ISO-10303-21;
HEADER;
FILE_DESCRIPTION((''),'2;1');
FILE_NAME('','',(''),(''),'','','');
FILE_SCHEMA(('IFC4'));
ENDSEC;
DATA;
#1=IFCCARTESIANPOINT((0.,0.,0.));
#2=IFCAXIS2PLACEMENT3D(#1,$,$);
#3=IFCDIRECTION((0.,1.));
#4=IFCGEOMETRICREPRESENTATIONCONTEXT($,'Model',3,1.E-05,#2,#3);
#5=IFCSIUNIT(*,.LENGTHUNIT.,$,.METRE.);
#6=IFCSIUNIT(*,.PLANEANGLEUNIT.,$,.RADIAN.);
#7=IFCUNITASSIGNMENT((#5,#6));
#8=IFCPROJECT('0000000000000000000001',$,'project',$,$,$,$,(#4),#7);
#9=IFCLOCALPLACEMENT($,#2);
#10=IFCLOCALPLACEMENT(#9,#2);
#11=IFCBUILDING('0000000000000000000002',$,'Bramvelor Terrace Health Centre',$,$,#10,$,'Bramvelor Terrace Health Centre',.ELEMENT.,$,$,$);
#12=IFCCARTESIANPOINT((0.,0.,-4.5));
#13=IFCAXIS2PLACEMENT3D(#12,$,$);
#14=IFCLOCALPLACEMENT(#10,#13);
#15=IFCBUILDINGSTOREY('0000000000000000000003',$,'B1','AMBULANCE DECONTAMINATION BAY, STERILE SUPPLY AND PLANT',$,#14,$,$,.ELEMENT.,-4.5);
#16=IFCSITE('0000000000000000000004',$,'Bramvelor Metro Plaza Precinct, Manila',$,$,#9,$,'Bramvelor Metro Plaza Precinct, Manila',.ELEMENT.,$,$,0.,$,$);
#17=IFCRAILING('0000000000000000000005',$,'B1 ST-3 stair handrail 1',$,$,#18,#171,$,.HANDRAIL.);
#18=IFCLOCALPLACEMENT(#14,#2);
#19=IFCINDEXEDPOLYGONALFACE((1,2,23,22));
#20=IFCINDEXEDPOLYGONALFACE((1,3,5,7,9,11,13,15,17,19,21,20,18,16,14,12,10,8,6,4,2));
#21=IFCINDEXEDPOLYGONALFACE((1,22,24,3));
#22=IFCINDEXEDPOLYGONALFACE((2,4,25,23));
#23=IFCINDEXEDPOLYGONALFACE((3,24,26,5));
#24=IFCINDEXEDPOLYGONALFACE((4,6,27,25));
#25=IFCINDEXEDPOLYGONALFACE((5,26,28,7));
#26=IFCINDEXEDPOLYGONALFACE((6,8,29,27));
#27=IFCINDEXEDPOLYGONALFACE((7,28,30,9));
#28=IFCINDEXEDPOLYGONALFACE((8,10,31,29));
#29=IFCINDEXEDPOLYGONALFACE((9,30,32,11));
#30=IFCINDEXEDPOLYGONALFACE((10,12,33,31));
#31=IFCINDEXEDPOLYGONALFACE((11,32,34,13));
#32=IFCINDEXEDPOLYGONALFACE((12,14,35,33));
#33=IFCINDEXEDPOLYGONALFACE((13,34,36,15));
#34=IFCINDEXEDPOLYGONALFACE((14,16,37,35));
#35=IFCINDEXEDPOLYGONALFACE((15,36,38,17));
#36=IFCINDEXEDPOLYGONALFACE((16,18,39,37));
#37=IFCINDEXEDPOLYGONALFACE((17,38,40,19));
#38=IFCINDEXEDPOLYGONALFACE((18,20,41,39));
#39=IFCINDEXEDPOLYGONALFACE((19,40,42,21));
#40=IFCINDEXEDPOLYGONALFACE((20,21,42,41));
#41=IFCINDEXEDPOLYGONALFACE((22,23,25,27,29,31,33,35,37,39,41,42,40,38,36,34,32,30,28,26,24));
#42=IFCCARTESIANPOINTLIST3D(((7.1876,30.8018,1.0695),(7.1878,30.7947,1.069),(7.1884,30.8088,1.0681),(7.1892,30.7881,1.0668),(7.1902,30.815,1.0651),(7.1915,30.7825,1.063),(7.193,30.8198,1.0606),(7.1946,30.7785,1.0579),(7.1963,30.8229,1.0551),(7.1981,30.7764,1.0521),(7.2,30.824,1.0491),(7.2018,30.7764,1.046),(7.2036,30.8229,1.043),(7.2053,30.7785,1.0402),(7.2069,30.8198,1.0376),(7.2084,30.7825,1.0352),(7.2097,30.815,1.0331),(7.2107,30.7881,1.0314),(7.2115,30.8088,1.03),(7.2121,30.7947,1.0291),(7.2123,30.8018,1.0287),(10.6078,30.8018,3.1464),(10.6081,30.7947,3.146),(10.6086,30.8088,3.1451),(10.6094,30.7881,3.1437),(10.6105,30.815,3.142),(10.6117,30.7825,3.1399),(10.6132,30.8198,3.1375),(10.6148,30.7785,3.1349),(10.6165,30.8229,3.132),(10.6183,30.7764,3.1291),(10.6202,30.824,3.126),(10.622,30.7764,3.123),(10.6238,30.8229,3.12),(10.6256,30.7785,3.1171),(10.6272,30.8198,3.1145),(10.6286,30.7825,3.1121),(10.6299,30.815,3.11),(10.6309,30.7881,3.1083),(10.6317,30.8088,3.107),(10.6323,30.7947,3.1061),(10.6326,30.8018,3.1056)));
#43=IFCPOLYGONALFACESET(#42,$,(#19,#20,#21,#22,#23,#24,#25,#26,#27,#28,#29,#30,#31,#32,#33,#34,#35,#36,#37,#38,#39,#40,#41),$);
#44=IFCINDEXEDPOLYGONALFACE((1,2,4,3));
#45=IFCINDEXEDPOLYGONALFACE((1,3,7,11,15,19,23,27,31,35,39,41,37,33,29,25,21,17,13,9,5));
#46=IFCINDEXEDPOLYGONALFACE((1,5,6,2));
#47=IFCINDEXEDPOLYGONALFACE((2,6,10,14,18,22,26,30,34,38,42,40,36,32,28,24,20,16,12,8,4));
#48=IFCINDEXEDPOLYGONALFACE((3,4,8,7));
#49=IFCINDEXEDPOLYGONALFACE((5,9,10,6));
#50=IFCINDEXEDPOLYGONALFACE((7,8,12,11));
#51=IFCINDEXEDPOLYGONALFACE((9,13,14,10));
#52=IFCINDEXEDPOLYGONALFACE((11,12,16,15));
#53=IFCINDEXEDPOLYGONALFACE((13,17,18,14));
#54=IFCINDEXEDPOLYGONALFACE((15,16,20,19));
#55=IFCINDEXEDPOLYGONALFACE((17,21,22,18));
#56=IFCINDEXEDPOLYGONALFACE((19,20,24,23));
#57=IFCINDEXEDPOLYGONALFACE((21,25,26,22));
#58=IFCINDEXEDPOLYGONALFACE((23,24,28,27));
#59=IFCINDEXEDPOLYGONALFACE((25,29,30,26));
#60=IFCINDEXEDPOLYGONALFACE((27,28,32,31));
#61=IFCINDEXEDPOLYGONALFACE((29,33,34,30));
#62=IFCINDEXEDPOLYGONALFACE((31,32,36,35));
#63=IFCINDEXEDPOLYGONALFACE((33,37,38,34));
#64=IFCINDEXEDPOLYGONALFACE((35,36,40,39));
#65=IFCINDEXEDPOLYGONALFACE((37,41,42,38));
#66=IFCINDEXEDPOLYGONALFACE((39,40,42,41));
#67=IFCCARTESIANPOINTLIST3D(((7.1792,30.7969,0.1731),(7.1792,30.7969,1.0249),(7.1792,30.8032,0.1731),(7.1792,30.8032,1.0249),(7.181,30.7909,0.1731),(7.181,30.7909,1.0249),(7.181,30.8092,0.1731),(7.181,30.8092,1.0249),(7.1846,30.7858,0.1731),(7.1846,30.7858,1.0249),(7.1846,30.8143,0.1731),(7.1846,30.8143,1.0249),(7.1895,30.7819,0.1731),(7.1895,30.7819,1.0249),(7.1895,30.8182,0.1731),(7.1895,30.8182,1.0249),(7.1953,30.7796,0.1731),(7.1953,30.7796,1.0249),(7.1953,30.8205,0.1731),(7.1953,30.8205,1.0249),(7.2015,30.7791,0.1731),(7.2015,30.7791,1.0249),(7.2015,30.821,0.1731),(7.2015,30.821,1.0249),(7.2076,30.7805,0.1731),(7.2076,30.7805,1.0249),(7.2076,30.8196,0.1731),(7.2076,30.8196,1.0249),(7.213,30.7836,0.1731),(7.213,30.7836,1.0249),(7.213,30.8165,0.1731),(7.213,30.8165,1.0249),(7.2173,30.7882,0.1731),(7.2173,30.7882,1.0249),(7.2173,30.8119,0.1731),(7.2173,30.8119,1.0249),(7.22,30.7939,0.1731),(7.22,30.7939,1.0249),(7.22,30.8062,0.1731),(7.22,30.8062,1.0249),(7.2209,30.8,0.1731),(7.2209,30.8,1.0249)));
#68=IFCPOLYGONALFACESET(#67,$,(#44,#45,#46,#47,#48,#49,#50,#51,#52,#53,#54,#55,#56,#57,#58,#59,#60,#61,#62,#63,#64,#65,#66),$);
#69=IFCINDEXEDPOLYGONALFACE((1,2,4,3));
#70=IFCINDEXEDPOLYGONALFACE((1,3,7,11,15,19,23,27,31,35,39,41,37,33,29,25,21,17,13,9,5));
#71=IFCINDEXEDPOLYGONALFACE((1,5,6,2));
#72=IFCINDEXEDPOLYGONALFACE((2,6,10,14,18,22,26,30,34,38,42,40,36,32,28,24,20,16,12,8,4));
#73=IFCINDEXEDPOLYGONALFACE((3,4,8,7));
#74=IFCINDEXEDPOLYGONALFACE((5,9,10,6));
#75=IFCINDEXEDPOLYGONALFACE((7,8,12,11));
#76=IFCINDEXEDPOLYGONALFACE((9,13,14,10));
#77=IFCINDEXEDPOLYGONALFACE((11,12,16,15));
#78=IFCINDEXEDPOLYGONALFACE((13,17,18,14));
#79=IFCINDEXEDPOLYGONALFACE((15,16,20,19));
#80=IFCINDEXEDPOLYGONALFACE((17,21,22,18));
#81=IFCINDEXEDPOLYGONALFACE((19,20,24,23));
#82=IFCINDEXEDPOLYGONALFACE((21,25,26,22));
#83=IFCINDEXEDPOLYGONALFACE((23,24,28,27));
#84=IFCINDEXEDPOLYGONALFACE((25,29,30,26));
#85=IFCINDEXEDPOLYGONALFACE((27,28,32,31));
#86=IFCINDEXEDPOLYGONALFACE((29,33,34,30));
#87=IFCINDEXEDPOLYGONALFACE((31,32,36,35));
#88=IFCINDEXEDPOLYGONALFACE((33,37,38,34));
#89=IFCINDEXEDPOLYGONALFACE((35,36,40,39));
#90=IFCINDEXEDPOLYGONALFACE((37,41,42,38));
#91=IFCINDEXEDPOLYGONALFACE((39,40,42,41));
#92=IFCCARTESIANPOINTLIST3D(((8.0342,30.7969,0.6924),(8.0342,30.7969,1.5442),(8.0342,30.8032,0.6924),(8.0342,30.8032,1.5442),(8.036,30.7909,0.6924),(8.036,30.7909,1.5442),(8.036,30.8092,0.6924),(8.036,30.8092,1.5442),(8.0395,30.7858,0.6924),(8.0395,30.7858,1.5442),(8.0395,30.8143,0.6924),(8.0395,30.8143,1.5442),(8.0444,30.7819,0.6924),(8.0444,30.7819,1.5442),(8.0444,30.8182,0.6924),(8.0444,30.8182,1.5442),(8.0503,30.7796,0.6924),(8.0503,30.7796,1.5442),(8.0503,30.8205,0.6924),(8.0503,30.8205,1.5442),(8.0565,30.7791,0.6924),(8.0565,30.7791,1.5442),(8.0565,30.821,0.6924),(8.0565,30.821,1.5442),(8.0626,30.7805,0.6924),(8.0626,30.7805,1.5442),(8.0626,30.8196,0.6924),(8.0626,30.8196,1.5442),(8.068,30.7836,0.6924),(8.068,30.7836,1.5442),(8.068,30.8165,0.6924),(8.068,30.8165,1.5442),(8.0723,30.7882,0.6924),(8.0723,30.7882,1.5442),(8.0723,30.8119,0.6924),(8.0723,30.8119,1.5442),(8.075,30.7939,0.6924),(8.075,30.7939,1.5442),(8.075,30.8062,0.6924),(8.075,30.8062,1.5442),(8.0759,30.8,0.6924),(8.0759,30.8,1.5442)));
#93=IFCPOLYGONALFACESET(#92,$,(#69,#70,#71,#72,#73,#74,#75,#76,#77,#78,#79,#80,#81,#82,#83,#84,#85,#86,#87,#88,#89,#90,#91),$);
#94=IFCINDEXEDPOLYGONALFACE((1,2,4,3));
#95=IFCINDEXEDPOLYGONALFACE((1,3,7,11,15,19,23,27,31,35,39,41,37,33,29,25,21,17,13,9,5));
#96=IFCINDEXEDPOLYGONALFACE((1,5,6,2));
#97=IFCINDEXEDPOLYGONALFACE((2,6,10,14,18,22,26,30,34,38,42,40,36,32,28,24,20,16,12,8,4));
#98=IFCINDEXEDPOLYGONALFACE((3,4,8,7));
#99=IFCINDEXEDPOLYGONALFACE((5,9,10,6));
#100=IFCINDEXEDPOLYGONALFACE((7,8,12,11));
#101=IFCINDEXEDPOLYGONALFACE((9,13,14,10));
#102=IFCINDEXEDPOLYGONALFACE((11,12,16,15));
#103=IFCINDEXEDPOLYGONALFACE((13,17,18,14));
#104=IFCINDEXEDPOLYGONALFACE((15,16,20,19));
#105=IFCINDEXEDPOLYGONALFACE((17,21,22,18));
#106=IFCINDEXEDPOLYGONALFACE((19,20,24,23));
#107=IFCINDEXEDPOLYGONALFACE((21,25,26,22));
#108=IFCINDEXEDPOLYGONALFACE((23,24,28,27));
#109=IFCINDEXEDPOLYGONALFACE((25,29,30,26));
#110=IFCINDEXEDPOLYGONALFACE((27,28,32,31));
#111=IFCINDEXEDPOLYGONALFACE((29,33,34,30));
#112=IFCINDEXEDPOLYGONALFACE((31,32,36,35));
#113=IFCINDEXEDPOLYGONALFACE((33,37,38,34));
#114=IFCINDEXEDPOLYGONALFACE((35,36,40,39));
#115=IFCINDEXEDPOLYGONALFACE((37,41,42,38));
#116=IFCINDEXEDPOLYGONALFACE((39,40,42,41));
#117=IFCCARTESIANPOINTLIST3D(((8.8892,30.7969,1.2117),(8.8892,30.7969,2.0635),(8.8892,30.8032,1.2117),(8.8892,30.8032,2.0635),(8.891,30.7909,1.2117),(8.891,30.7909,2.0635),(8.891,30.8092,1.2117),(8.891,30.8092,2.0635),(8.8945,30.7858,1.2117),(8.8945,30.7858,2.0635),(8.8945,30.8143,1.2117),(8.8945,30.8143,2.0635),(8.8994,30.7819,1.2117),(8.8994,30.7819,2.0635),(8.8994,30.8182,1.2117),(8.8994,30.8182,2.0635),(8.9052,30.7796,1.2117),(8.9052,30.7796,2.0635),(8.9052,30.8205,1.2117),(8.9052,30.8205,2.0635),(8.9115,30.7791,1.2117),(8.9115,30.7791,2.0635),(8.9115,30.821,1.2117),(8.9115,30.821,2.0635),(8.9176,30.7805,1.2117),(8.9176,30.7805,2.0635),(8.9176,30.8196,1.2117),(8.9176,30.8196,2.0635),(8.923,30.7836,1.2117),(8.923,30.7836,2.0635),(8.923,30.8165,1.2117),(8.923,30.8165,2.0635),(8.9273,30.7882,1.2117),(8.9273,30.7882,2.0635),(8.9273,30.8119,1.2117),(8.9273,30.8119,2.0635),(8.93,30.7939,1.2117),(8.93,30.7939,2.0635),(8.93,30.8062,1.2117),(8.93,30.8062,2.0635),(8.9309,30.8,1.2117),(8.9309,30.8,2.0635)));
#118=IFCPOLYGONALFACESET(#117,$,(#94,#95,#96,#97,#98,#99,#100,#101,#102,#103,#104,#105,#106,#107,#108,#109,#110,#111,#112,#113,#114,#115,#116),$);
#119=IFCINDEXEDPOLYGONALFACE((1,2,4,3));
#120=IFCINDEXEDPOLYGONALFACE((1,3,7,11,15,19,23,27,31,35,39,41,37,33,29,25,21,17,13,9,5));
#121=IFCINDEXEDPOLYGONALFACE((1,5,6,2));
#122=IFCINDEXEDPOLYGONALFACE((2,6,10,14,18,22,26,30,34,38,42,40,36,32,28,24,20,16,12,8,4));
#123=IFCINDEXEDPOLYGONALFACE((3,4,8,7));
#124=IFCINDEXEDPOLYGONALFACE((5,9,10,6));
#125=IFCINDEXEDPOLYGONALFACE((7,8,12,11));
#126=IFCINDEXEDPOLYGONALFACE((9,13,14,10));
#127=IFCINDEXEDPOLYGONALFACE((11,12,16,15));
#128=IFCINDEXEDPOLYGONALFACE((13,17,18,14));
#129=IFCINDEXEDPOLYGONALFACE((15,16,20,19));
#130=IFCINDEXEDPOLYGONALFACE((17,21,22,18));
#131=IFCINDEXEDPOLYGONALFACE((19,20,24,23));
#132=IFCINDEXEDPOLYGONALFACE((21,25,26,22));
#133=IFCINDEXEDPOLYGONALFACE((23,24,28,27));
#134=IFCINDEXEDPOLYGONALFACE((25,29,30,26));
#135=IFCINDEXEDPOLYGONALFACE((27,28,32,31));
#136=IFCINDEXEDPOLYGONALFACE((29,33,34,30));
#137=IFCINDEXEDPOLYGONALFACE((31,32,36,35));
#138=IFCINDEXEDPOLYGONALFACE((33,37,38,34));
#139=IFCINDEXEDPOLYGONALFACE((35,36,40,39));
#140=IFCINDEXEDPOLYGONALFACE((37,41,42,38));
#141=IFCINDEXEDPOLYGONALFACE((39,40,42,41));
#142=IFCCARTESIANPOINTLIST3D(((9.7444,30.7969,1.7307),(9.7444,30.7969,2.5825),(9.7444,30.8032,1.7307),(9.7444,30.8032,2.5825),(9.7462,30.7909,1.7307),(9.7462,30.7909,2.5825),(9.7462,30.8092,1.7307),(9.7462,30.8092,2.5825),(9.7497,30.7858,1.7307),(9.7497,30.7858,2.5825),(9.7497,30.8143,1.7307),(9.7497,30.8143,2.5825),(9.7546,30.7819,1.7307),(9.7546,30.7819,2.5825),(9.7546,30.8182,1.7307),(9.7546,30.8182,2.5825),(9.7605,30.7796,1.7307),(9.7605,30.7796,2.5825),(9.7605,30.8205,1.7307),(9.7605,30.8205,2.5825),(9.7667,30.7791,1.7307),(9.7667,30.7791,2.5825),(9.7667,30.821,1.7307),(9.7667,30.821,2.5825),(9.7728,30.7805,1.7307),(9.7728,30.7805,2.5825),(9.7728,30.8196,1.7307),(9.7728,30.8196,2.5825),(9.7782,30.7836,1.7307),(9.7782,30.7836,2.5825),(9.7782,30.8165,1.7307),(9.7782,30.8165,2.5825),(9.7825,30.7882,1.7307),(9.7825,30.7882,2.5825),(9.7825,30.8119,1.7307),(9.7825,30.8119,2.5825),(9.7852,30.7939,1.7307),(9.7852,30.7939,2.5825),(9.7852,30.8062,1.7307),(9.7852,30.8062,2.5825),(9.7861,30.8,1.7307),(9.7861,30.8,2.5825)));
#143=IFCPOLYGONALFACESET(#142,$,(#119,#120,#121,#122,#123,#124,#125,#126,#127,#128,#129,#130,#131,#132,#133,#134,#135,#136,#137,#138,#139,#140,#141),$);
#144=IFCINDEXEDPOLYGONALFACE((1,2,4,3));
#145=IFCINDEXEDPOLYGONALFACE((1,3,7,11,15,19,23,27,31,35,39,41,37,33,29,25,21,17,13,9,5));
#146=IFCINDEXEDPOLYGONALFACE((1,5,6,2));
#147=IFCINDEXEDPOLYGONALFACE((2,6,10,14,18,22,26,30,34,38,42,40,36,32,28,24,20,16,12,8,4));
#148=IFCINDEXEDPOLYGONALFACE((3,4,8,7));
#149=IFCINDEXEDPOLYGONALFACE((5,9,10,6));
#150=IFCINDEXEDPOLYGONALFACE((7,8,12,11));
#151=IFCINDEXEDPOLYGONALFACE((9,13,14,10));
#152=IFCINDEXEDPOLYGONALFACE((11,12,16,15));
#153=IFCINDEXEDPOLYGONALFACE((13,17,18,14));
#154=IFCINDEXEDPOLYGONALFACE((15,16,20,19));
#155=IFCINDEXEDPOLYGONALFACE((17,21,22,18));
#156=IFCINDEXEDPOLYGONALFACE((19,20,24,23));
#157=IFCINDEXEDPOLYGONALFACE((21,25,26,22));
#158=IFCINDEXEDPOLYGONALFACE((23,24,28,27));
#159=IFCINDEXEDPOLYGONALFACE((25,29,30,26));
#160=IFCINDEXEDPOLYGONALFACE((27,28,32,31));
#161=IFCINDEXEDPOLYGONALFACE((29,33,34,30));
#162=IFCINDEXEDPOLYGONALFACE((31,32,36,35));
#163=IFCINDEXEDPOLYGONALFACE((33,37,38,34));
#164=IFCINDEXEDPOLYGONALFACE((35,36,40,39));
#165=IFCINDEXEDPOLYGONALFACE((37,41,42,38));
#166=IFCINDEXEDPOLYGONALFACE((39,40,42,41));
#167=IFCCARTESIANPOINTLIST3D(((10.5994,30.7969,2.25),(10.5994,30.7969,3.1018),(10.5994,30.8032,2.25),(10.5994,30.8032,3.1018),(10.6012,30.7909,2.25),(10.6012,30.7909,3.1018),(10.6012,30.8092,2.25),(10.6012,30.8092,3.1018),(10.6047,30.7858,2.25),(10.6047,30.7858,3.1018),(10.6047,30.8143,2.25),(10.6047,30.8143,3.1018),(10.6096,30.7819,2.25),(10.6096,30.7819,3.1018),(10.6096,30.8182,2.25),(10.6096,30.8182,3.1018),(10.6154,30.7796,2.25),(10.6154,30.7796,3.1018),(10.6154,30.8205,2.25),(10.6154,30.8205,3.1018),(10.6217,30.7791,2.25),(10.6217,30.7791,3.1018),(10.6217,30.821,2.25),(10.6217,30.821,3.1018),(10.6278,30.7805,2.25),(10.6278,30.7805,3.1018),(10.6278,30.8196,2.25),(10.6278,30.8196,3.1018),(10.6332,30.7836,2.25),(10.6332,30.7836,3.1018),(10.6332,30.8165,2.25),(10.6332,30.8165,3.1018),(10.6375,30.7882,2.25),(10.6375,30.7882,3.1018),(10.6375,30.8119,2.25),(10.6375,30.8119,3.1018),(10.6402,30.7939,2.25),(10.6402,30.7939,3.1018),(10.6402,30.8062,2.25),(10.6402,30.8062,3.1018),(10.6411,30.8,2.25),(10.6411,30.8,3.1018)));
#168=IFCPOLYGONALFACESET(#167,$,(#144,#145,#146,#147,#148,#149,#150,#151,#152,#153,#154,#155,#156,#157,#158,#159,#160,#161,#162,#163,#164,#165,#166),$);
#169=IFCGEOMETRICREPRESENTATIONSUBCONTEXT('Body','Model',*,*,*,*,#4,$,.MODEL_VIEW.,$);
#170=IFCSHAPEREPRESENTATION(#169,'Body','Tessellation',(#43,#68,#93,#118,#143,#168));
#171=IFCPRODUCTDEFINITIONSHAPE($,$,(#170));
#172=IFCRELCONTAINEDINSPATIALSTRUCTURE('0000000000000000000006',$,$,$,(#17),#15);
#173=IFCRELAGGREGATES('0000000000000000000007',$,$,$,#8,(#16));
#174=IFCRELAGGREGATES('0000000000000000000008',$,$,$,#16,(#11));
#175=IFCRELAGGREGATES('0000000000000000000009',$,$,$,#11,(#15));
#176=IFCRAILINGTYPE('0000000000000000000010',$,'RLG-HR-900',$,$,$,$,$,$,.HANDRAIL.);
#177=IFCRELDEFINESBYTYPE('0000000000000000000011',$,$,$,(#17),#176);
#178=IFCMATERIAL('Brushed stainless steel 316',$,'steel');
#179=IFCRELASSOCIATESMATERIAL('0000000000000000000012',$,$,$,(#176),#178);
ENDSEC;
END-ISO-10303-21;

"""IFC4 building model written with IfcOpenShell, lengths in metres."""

from ifc_helpers import new_model, si_unit, direction, frame, origin, origin_2d, place, context, subcontext, project, spatial, circle, extrude, material, type_object, element, save


model = new_model("IFC4")

# Units and contexts
model_context = context("Model", 3, precision=1e-05, world=origin(), true_north=direction((0.0, 1.0)))
body_context = subcontext(model_context, "Body", "Model", "MODEL_VIEW")
ifc_project = project(units=[si_unit("LENGTHUNIT", "METRE"), si_unit("PLANEANGLEUNIT", "RADIAN")], contexts=[model_context])

# Site, building, storey
site_placement = place(None, origin())
site = spatial("IfcSite", under=ifc_project, at=site_placement, Name="Bramvelor Metro Plaza Precinct, Manila", LongName="Bramvelor Metro Plaza Precinct, Manila", CompositionType="ELEMENT", RefElevation=0.0)
building_placement = place(site_placement, origin())
building = spatial("IfcBuilding", under=site, at=building_placement, Name="Bramvelor Terrace Health Centre", LongName="Bramvelor Terrace Health Centre", CompositionType="ELEMENT")
storey_placement = place(building_placement, frame((0.0, 0.0, -4.5)))
storey = spatial("IfcBuildingStorey", under=building, at=storey_placement, Name="B1", Description="AMBULANCE DECONTAMINATION BAY, STERILE SUPPLY AND PLANT", CompositionType="ELEMENT", Elevation=-4.5)

# Railing
ifc_material_1 = material(Name="Brushed stainless steel 316", Category="steel")
railing_type_1 = type_object("IfcRailingType", Name="RLG-HR-900", PredefinedType="HANDRAIL", material=ifc_material_1)
railing_1_placement = place(storey_placement, frame((7.2, 30.8, 0.1731)))
element("IfcRailing", 1, at=railing_1_placement, inside=storey, type_object=railing_type_1, Name="B1 ST-3 stair handrail 1", PredefinedType="HANDRAIL", context=body_context, shape_type="SweptSolid", body=[
    extrude(circle(Radius=0.0239, at=origin_2d()), frame((0.0, 0.0, 0.876), z_axis=(0.854746, 0.0, 0.519047), x_axis=(0.0, 1.0, 0.0)), (0.0, 0.0, 1.0), 4.0015),
    extrude(circle(Radius=0.021, at=origin_2d()), origin(), (0.0, 0.0, 1.0), 0.8518),
    extrude(circle(Radius=0.021, at=origin_2d()), frame((0.855, 0.0, 0.5193)), (0.0, 0.0, 1.0), 0.8518),
    extrude(circle(Radius=0.021, at=origin_2d()), frame((1.71, 0.0, 1.0386)), (0.0, 0.0, 1.0), 0.8518),
    extrude(circle(Radius=0.021, at=origin_2d()), frame((2.5652, 0.0, 1.5576)), (0.0, 0.0, 1.0), 0.8518),
    extrude(circle(Radius=0.021, at=origin_2d()), frame((3.4202, 0.0, 2.0769)), (0.0, 0.0, 1.0), 0.8518),
])

save(model, "model.ifc")
